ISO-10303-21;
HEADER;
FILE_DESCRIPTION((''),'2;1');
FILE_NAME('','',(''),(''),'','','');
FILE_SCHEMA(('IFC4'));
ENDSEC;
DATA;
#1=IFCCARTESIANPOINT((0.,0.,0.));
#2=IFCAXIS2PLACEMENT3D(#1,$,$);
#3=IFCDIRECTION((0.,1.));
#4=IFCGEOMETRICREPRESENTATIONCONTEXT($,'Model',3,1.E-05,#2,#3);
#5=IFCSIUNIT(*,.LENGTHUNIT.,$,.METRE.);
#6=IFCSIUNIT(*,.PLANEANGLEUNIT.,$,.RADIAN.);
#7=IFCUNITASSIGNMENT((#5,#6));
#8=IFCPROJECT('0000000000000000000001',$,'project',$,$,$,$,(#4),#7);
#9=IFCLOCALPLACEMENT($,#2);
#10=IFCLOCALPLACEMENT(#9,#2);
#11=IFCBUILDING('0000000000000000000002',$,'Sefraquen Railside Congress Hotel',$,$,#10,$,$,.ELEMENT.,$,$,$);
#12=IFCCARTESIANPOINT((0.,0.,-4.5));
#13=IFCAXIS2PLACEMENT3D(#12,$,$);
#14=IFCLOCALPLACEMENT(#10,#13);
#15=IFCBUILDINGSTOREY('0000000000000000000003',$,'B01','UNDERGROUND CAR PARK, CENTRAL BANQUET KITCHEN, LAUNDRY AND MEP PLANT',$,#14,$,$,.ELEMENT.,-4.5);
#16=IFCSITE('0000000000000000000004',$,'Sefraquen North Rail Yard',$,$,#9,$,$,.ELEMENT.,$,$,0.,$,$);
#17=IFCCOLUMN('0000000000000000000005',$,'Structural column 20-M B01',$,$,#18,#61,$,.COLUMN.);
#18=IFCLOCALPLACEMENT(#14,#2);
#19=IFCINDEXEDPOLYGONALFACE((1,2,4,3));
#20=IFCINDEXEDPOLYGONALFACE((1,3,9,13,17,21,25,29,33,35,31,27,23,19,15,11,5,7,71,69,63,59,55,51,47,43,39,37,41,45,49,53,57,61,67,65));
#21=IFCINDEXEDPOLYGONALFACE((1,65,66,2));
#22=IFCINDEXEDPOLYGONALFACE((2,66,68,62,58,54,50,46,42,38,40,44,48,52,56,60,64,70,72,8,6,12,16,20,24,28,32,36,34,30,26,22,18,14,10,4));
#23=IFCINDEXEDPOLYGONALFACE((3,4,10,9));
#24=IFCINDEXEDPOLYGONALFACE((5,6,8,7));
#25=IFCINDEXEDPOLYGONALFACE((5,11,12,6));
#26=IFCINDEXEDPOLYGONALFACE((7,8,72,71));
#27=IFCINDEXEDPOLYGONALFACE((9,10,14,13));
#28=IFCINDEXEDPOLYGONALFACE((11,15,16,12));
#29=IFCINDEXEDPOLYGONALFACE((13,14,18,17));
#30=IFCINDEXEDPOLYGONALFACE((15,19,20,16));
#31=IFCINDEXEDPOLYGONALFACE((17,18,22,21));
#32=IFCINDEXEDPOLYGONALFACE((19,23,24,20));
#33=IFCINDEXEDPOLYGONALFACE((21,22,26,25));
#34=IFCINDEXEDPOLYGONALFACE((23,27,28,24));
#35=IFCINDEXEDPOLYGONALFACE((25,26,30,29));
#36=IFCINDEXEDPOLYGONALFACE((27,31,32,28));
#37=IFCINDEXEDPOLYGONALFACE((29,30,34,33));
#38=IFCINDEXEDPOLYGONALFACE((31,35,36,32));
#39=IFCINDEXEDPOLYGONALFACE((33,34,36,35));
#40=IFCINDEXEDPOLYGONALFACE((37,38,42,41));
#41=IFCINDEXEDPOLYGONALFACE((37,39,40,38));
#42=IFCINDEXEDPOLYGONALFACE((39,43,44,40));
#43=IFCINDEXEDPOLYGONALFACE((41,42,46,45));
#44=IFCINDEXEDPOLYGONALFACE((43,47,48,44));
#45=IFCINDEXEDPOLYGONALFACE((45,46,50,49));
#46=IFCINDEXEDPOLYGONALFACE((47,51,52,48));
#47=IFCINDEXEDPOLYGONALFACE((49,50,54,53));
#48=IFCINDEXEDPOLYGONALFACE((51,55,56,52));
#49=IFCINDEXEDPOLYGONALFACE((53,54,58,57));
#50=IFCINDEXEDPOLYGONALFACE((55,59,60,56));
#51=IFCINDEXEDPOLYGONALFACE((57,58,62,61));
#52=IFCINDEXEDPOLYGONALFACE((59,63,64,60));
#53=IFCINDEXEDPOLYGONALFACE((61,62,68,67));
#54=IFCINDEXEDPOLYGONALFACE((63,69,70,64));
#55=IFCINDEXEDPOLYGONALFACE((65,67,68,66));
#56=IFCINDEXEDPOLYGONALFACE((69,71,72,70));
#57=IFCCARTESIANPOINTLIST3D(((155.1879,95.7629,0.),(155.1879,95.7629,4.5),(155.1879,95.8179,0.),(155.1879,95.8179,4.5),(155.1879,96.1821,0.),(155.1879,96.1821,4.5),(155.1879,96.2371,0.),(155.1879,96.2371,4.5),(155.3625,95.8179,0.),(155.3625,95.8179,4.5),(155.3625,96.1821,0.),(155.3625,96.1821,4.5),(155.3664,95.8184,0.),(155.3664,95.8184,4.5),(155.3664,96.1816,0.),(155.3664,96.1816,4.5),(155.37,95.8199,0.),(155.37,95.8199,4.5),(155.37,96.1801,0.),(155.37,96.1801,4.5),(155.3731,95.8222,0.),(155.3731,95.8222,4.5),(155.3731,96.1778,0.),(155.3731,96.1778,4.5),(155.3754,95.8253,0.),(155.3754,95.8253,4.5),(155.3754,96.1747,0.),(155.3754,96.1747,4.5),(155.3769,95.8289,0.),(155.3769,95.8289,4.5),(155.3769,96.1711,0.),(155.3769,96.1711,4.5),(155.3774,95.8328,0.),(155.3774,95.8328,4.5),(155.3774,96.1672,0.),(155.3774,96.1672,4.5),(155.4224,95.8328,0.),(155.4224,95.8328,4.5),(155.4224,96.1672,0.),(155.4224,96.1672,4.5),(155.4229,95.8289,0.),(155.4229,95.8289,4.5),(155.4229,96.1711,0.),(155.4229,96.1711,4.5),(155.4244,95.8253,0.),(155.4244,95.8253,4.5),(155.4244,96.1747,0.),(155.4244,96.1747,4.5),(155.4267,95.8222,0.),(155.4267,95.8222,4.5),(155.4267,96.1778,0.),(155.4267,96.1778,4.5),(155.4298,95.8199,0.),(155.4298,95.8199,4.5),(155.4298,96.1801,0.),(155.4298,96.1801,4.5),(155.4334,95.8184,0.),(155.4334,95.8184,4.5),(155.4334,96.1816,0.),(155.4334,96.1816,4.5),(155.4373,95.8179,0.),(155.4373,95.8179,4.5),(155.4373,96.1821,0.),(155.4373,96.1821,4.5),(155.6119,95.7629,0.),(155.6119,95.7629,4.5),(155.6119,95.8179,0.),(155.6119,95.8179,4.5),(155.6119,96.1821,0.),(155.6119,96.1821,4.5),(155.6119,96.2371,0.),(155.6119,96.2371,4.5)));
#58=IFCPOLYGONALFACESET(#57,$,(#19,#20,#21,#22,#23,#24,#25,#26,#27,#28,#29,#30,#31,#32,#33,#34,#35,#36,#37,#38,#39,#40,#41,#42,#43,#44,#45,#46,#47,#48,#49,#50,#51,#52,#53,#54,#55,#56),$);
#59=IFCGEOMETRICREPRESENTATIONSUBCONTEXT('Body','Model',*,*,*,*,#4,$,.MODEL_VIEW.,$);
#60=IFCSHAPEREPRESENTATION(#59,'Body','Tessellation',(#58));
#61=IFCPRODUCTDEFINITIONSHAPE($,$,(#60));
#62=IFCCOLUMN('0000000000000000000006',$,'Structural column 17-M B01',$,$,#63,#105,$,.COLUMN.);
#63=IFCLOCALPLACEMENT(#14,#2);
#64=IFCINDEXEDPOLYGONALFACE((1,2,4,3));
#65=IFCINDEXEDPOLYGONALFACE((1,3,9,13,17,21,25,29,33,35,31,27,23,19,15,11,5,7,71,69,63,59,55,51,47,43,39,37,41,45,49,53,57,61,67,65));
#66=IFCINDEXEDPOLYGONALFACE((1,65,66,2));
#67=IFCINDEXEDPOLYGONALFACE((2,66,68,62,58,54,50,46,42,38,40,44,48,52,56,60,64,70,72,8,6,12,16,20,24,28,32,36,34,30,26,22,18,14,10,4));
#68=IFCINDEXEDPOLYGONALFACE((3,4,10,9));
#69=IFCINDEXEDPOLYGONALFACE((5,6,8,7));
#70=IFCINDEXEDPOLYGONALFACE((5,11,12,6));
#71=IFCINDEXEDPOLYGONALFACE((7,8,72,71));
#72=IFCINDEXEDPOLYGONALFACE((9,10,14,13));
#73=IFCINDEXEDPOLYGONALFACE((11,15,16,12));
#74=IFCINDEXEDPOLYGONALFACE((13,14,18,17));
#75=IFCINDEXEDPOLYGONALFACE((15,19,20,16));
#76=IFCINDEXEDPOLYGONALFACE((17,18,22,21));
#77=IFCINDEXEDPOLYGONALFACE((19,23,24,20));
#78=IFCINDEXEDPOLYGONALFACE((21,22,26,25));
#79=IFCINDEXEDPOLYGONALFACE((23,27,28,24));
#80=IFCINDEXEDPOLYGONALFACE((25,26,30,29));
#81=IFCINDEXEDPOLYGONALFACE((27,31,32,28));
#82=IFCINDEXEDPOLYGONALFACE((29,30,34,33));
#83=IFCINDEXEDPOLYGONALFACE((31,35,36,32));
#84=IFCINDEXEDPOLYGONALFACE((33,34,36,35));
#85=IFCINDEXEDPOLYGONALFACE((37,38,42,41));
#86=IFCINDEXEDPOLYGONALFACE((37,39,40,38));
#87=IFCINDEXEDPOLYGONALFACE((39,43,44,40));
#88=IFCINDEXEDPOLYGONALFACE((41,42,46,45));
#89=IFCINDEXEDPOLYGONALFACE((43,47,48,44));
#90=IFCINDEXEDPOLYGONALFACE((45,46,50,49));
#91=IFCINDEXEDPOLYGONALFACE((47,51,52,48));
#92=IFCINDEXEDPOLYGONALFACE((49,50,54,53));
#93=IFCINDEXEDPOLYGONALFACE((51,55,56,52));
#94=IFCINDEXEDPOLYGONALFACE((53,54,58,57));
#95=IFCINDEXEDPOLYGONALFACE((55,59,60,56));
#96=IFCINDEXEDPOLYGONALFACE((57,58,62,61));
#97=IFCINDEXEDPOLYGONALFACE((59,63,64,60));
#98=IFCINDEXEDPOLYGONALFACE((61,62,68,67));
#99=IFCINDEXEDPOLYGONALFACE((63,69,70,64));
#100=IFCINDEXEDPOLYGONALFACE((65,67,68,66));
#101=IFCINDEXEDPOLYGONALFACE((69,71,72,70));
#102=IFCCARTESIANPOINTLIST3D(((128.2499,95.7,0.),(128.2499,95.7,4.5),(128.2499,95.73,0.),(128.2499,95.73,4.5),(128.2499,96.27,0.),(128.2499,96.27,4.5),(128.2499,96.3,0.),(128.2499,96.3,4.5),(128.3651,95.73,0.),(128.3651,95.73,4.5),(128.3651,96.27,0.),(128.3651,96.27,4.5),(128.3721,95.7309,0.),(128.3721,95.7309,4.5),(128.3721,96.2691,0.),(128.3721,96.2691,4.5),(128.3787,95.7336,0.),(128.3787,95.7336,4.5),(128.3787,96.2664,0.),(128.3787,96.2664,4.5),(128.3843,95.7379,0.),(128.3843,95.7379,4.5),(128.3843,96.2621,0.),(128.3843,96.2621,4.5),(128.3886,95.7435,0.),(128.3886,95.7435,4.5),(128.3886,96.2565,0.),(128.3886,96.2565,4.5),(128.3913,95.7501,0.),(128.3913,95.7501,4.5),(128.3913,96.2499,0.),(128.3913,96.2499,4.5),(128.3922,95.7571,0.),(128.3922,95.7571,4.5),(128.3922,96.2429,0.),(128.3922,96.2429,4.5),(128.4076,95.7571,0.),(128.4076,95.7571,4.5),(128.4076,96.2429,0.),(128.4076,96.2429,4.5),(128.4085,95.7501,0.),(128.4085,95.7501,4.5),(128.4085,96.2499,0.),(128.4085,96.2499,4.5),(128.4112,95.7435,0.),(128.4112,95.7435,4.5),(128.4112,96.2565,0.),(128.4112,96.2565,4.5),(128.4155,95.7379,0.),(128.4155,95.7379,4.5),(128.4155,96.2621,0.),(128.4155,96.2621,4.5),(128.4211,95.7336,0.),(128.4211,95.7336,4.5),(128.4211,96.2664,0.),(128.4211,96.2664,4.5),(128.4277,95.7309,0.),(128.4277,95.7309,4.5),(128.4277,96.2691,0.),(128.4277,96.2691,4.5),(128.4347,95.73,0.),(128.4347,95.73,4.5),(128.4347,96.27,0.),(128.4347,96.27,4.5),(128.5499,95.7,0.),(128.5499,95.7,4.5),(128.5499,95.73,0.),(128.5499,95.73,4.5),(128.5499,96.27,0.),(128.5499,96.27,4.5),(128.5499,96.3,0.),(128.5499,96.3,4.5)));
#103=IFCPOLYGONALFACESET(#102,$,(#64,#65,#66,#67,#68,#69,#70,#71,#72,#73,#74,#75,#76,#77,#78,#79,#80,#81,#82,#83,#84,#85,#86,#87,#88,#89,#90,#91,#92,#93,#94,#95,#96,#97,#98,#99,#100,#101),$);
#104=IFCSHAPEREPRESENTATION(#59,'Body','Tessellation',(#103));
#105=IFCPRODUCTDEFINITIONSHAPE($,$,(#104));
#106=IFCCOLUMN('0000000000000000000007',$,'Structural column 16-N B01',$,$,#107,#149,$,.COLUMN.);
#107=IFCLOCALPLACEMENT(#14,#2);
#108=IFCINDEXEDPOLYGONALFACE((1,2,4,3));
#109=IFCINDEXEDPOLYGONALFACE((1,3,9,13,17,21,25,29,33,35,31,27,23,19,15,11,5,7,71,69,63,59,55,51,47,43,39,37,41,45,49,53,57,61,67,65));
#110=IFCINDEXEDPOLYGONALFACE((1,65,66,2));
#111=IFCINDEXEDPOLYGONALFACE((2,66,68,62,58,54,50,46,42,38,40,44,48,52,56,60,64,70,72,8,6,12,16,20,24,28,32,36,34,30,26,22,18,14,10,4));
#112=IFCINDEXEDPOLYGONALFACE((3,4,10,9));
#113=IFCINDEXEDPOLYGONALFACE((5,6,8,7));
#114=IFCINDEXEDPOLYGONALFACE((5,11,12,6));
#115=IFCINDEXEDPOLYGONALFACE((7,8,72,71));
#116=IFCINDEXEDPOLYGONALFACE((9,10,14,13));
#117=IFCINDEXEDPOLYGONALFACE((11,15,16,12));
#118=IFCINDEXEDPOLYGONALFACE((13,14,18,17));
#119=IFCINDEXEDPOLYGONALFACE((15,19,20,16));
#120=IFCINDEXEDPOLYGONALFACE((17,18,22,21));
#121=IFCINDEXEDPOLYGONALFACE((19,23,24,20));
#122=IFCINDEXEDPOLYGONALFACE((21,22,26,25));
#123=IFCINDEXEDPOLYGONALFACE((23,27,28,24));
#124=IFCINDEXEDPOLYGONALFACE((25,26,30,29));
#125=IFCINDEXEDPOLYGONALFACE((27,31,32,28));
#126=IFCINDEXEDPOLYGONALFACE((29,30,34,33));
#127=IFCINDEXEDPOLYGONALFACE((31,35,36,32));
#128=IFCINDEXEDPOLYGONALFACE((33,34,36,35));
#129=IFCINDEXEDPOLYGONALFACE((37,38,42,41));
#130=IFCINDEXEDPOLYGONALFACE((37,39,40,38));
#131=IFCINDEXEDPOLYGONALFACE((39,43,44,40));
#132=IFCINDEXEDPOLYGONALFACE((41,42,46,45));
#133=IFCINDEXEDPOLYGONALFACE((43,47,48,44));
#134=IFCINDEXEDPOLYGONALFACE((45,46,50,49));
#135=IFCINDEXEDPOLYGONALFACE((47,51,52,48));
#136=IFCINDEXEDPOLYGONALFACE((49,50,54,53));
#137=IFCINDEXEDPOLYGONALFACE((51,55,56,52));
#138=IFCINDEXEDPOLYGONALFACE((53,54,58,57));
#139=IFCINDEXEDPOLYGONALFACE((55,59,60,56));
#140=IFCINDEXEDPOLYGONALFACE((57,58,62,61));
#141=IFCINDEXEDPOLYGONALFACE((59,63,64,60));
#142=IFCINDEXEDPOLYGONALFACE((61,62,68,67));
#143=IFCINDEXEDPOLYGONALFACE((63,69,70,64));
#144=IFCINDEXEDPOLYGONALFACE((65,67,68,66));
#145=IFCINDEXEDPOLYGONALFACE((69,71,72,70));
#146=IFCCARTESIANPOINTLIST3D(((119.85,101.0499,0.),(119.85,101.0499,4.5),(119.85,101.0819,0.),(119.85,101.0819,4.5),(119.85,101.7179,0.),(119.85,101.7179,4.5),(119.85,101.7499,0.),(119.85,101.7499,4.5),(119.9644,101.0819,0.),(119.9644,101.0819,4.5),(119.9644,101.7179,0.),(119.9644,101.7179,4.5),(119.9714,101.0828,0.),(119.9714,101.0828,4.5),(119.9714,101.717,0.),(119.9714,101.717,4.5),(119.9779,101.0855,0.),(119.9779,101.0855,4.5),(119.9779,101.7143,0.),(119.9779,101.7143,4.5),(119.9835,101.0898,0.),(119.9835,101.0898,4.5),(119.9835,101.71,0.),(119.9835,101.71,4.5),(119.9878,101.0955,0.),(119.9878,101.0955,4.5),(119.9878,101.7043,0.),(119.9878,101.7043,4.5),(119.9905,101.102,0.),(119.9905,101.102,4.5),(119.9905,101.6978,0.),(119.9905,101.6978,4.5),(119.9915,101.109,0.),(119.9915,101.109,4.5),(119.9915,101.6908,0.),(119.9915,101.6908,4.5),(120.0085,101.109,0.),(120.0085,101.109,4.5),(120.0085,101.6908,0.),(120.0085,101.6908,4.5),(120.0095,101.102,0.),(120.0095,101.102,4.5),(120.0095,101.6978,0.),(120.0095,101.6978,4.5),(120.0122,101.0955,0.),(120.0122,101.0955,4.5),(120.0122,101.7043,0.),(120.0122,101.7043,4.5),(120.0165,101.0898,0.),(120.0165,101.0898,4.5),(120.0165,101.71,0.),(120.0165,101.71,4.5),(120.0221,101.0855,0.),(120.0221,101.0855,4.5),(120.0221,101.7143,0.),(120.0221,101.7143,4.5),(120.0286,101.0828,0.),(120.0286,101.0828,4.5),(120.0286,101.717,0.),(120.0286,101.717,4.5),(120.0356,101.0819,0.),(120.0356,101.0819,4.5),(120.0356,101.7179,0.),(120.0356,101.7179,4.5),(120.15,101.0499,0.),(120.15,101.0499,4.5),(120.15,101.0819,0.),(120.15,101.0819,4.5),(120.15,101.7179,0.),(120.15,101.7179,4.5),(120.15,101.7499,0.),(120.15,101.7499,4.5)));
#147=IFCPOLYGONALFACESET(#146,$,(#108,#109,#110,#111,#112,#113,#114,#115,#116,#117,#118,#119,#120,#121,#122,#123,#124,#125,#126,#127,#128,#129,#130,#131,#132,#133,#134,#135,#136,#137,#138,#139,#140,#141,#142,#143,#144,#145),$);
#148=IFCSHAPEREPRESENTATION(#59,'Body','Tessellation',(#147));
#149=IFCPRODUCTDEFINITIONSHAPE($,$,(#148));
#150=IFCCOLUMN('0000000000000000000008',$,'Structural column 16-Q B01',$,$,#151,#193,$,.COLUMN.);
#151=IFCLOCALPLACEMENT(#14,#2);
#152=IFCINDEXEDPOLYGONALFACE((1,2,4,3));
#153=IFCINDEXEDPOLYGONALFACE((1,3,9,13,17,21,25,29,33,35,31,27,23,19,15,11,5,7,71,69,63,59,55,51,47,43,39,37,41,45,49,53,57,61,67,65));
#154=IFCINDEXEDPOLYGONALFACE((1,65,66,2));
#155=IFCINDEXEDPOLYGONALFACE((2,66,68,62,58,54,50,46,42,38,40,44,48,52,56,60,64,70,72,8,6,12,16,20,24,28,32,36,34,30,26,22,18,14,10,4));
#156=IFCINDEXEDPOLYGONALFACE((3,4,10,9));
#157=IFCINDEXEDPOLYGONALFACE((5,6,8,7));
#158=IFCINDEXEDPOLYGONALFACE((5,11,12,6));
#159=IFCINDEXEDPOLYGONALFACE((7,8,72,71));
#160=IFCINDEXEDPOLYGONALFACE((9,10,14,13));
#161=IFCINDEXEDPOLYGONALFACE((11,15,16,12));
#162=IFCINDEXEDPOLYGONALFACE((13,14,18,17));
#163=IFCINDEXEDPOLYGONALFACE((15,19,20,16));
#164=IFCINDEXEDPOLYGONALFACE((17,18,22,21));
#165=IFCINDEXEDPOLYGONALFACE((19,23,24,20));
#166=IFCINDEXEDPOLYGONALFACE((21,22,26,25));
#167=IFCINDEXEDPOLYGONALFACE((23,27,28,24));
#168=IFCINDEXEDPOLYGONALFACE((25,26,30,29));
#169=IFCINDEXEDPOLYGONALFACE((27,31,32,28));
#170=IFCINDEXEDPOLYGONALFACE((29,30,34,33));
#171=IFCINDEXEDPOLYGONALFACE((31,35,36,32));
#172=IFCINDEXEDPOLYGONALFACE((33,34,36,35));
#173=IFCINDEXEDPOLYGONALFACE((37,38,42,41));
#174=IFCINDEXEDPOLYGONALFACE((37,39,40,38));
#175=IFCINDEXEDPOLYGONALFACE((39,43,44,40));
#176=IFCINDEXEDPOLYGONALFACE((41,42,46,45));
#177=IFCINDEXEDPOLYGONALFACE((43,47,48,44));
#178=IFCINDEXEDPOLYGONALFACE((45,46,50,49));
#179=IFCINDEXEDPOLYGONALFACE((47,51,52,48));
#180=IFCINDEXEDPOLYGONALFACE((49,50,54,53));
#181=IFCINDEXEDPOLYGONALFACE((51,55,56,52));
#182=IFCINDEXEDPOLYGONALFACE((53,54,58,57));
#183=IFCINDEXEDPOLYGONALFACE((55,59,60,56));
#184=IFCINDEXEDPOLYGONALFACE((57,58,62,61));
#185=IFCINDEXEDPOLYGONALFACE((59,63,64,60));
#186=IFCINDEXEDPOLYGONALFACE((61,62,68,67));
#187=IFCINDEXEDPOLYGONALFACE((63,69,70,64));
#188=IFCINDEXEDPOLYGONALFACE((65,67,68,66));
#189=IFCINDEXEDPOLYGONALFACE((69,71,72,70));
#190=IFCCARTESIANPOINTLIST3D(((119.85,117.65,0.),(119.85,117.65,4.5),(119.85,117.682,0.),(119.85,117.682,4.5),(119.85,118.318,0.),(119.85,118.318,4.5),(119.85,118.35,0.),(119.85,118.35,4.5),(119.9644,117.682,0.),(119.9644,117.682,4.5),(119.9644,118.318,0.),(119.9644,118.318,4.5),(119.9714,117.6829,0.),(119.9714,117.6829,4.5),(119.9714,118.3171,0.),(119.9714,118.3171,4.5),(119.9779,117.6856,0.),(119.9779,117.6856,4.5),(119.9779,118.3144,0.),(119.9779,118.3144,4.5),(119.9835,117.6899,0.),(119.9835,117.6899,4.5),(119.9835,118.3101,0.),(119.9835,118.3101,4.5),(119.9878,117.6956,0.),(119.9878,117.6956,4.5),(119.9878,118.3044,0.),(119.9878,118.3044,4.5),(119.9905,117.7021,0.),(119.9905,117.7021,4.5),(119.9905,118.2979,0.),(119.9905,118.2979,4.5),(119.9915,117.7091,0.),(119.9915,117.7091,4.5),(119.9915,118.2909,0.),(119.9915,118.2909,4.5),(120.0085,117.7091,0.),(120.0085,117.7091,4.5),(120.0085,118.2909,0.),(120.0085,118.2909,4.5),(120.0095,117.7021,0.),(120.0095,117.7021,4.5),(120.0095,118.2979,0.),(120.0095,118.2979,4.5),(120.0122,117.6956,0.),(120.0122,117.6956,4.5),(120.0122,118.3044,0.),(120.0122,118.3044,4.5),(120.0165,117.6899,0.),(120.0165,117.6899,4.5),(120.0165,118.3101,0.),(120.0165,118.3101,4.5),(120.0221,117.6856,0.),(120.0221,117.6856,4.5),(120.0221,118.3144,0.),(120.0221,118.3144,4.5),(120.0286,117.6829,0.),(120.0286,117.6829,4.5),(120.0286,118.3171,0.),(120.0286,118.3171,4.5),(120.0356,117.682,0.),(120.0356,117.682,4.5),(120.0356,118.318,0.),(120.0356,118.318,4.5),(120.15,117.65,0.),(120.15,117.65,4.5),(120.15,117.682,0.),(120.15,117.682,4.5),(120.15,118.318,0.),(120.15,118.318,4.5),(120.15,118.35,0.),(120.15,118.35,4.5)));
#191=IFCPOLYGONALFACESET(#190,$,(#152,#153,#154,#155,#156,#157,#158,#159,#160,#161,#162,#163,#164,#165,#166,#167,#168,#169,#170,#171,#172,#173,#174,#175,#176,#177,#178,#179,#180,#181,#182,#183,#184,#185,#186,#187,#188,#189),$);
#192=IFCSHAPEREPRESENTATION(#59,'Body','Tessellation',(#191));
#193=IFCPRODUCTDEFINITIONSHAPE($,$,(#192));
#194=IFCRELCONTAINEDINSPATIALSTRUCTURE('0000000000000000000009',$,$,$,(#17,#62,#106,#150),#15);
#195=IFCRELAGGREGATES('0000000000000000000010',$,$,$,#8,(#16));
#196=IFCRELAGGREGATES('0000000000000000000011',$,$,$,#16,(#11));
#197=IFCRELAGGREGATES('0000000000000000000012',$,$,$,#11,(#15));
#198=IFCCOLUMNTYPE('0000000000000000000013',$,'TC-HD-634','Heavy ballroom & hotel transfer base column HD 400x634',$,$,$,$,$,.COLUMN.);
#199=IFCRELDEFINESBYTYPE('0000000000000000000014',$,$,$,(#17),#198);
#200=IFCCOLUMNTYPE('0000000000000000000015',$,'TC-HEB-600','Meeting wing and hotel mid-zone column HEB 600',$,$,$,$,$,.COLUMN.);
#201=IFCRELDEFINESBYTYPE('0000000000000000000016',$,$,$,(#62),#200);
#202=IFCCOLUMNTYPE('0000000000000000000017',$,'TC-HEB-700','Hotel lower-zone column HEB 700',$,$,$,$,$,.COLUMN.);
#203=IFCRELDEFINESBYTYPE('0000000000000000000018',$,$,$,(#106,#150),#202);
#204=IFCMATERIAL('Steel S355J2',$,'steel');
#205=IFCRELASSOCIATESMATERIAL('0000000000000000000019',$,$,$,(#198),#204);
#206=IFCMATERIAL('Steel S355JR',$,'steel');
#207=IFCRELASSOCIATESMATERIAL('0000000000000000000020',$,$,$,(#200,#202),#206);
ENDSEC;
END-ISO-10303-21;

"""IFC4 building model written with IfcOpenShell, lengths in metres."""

from ifc_helpers import new_model, si_unit, direction, frame, origin, origin_2d, place, context, subcontext, project, spatial, i_section, extrude, material, material_profile, profile_set, type_object, element, save


model = new_model("IFC4")

# Units and contexts
model_context = context("Model", 3, precision=1e-05, world=origin(), true_north=direction((0.0, 1.0)))
body_context = subcontext(model_context, "Body", "Model", "MODEL_VIEW")
ifc_project = project(units=[si_unit("LENGTHUNIT", "METRE"), si_unit("PLANEANGLEUNIT", "RADIAN")], contexts=[model_context])

# Site, building, storey
site_placement = place(None, origin())
site = spatial("IfcSite", under=ifc_project, at=site_placement, Name="Sefraquen North Rail Yard", CompositionType="ELEMENT", RefElevation=0.0)
building_placement = place(site_placement, origin())
building = spatial("IfcBuilding", under=site, at=building_placement, Name="Sefraquen Railside Congress Hotel", CompositionType="ELEMENT")
storey_placement = place(building_placement, frame((0.0, 0.0, -4.5)))
storey = spatial("IfcBuildingStorey", under=building, at=storey_placement, Name="B01", Description="UNDERGROUND CAR PARK, CENTRAL BANQUET KITCHEN, LAUNDRY AND MEP PLANT", CompositionType="ELEMENT", Elevation=-4.5)

# Columns
ifc_material_1 = material(Name="Steel S355J2", Category="steel")
ifc_material_profile_1 = material_profile(ifc_material_1, i_section(OverallWidth=0.4241, OverallDepth=0.4741, WebThickness=0.0449, FlangeThickness=0.0549, FilletRadius=0.0149, at=origin_2d()), Name="HD 400x634")
ifc_profile_set_1 = profile_set([ifc_material_profile_1], Name="Steel S355J2")
column_type_1 = type_object("IfcColumnType", Name="TC-HD-634", Description="Heavy ballroom & hotel transfer base column HD 400x634", PredefinedType="COLUMN", material=ifc_profile_set_1)
for number, where, z_axis, x_axis, name in (
    (1, (155.3999, 96.0, 0.0), (0.0, 0.0, 1.0), (1.0, 0.0, 0.0), "Structural column 20-M B01"),
):
    element("IfcColumn", number, at=place(storey_placement, frame(where, z_axis=z_axis, x_axis=x_axis)), inside=storey, type_object=column_type_1, Name=name, PredefinedType="COLUMN", context=body_context, shape_type="SweptSolid", body=[
        extrude(i_section(OverallWidth=0.4241, OverallDepth=0.4741, WebThickness=0.0449, FlangeThickness=0.0549, FilletRadius=0.0149, at=origin_2d()), origin(), (0.0, 0.0, 1.0), 4.5),
    ])
ifc_material_2 = material(Name="Steel S355JR", Category="steel")
ifc_material_profile_2 = material_profile(ifc_material_2, i_section(OverallWidth=0.3, OverallDepth=0.6001, WebThickness=0.0154, FlangeThickness=0.03, FilletRadius=0.0271, at=origin_2d()), Name="HEB 600")
ifc_profile_set_2 = profile_set([ifc_material_profile_2], Name="Steel S355JR")
column_type_2 = type_object("IfcColumnType", Name="TC-HEB-600", Description="Meeting wing and hotel mid-zone column HEB 600", PredefinedType="COLUMN", material=ifc_profile_set_2)
column_1_placement = place(storey_placement, frame((128.3999, 96.0, 0.0), z_axis=(0.0, 0.0, 1.0), x_axis=(1.0, 0.0, 0.0)))
element("IfcColumn", 2, at=column_1_placement, inside=storey, type_object=column_type_2, Name="Structural column 17-M B01", PredefinedType="COLUMN", context=body_context, shape_type="SweptSolid", body=[
    extrude(i_section(OverallWidth=0.3, OverallDepth=0.6001, WebThickness=0.0154, FlangeThickness=0.03, FilletRadius=0.0271, at=origin_2d()), origin(), (0.0, 0.0, 1.0), 4.5),
])
ifc_material_profile_3 = material_profile(ifc_material_2, i_section(OverallWidth=0.3, OverallDepth=0.7, WebThickness=0.0171, FlangeThickness=0.032, FilletRadius=0.0271, at=origin_2d()), Name="HEB 700")
ifc_profile_set_3 = profile_set([ifc_material_profile_3], Name="Steel S355JR")
column_type_3 = type_object("IfcColumnType", Name="TC-HEB-700", Description="Hotel lower-zone column HEB 700", PredefinedType="COLUMN", material=ifc_profile_set_3)
for number, where, z_axis, x_axis, name in (
    (3, (120.0, 101.3999, 0.0), (0.0, 0.0, 1.0), (1.0, 0.0, 0.0), "Structural column 16-N B01"),
    (4, (120.0, 118.0, 0.0), (0.0, 0.0, 1.0), (1.0, 0.0, 0.0), "Structural column 16-Q B01"),
):
    element("IfcColumn", number, at=place(storey_placement, frame(where, z_axis=z_axis, x_axis=x_axis)), inside=storey, type_object=column_type_3, Name=name, PredefinedType="COLUMN", context=body_context, shape_type="SweptSolid", body=[
        extrude(i_section(OverallWidth=0.3, OverallDepth=0.7, WebThickness=0.0171, FlangeThickness=0.032, FilletRadius=0.0271, at=origin_2d()), origin(), (0.0, 0.0, 1.0), 4.5),
    ])

save(model, "model.ifc")
